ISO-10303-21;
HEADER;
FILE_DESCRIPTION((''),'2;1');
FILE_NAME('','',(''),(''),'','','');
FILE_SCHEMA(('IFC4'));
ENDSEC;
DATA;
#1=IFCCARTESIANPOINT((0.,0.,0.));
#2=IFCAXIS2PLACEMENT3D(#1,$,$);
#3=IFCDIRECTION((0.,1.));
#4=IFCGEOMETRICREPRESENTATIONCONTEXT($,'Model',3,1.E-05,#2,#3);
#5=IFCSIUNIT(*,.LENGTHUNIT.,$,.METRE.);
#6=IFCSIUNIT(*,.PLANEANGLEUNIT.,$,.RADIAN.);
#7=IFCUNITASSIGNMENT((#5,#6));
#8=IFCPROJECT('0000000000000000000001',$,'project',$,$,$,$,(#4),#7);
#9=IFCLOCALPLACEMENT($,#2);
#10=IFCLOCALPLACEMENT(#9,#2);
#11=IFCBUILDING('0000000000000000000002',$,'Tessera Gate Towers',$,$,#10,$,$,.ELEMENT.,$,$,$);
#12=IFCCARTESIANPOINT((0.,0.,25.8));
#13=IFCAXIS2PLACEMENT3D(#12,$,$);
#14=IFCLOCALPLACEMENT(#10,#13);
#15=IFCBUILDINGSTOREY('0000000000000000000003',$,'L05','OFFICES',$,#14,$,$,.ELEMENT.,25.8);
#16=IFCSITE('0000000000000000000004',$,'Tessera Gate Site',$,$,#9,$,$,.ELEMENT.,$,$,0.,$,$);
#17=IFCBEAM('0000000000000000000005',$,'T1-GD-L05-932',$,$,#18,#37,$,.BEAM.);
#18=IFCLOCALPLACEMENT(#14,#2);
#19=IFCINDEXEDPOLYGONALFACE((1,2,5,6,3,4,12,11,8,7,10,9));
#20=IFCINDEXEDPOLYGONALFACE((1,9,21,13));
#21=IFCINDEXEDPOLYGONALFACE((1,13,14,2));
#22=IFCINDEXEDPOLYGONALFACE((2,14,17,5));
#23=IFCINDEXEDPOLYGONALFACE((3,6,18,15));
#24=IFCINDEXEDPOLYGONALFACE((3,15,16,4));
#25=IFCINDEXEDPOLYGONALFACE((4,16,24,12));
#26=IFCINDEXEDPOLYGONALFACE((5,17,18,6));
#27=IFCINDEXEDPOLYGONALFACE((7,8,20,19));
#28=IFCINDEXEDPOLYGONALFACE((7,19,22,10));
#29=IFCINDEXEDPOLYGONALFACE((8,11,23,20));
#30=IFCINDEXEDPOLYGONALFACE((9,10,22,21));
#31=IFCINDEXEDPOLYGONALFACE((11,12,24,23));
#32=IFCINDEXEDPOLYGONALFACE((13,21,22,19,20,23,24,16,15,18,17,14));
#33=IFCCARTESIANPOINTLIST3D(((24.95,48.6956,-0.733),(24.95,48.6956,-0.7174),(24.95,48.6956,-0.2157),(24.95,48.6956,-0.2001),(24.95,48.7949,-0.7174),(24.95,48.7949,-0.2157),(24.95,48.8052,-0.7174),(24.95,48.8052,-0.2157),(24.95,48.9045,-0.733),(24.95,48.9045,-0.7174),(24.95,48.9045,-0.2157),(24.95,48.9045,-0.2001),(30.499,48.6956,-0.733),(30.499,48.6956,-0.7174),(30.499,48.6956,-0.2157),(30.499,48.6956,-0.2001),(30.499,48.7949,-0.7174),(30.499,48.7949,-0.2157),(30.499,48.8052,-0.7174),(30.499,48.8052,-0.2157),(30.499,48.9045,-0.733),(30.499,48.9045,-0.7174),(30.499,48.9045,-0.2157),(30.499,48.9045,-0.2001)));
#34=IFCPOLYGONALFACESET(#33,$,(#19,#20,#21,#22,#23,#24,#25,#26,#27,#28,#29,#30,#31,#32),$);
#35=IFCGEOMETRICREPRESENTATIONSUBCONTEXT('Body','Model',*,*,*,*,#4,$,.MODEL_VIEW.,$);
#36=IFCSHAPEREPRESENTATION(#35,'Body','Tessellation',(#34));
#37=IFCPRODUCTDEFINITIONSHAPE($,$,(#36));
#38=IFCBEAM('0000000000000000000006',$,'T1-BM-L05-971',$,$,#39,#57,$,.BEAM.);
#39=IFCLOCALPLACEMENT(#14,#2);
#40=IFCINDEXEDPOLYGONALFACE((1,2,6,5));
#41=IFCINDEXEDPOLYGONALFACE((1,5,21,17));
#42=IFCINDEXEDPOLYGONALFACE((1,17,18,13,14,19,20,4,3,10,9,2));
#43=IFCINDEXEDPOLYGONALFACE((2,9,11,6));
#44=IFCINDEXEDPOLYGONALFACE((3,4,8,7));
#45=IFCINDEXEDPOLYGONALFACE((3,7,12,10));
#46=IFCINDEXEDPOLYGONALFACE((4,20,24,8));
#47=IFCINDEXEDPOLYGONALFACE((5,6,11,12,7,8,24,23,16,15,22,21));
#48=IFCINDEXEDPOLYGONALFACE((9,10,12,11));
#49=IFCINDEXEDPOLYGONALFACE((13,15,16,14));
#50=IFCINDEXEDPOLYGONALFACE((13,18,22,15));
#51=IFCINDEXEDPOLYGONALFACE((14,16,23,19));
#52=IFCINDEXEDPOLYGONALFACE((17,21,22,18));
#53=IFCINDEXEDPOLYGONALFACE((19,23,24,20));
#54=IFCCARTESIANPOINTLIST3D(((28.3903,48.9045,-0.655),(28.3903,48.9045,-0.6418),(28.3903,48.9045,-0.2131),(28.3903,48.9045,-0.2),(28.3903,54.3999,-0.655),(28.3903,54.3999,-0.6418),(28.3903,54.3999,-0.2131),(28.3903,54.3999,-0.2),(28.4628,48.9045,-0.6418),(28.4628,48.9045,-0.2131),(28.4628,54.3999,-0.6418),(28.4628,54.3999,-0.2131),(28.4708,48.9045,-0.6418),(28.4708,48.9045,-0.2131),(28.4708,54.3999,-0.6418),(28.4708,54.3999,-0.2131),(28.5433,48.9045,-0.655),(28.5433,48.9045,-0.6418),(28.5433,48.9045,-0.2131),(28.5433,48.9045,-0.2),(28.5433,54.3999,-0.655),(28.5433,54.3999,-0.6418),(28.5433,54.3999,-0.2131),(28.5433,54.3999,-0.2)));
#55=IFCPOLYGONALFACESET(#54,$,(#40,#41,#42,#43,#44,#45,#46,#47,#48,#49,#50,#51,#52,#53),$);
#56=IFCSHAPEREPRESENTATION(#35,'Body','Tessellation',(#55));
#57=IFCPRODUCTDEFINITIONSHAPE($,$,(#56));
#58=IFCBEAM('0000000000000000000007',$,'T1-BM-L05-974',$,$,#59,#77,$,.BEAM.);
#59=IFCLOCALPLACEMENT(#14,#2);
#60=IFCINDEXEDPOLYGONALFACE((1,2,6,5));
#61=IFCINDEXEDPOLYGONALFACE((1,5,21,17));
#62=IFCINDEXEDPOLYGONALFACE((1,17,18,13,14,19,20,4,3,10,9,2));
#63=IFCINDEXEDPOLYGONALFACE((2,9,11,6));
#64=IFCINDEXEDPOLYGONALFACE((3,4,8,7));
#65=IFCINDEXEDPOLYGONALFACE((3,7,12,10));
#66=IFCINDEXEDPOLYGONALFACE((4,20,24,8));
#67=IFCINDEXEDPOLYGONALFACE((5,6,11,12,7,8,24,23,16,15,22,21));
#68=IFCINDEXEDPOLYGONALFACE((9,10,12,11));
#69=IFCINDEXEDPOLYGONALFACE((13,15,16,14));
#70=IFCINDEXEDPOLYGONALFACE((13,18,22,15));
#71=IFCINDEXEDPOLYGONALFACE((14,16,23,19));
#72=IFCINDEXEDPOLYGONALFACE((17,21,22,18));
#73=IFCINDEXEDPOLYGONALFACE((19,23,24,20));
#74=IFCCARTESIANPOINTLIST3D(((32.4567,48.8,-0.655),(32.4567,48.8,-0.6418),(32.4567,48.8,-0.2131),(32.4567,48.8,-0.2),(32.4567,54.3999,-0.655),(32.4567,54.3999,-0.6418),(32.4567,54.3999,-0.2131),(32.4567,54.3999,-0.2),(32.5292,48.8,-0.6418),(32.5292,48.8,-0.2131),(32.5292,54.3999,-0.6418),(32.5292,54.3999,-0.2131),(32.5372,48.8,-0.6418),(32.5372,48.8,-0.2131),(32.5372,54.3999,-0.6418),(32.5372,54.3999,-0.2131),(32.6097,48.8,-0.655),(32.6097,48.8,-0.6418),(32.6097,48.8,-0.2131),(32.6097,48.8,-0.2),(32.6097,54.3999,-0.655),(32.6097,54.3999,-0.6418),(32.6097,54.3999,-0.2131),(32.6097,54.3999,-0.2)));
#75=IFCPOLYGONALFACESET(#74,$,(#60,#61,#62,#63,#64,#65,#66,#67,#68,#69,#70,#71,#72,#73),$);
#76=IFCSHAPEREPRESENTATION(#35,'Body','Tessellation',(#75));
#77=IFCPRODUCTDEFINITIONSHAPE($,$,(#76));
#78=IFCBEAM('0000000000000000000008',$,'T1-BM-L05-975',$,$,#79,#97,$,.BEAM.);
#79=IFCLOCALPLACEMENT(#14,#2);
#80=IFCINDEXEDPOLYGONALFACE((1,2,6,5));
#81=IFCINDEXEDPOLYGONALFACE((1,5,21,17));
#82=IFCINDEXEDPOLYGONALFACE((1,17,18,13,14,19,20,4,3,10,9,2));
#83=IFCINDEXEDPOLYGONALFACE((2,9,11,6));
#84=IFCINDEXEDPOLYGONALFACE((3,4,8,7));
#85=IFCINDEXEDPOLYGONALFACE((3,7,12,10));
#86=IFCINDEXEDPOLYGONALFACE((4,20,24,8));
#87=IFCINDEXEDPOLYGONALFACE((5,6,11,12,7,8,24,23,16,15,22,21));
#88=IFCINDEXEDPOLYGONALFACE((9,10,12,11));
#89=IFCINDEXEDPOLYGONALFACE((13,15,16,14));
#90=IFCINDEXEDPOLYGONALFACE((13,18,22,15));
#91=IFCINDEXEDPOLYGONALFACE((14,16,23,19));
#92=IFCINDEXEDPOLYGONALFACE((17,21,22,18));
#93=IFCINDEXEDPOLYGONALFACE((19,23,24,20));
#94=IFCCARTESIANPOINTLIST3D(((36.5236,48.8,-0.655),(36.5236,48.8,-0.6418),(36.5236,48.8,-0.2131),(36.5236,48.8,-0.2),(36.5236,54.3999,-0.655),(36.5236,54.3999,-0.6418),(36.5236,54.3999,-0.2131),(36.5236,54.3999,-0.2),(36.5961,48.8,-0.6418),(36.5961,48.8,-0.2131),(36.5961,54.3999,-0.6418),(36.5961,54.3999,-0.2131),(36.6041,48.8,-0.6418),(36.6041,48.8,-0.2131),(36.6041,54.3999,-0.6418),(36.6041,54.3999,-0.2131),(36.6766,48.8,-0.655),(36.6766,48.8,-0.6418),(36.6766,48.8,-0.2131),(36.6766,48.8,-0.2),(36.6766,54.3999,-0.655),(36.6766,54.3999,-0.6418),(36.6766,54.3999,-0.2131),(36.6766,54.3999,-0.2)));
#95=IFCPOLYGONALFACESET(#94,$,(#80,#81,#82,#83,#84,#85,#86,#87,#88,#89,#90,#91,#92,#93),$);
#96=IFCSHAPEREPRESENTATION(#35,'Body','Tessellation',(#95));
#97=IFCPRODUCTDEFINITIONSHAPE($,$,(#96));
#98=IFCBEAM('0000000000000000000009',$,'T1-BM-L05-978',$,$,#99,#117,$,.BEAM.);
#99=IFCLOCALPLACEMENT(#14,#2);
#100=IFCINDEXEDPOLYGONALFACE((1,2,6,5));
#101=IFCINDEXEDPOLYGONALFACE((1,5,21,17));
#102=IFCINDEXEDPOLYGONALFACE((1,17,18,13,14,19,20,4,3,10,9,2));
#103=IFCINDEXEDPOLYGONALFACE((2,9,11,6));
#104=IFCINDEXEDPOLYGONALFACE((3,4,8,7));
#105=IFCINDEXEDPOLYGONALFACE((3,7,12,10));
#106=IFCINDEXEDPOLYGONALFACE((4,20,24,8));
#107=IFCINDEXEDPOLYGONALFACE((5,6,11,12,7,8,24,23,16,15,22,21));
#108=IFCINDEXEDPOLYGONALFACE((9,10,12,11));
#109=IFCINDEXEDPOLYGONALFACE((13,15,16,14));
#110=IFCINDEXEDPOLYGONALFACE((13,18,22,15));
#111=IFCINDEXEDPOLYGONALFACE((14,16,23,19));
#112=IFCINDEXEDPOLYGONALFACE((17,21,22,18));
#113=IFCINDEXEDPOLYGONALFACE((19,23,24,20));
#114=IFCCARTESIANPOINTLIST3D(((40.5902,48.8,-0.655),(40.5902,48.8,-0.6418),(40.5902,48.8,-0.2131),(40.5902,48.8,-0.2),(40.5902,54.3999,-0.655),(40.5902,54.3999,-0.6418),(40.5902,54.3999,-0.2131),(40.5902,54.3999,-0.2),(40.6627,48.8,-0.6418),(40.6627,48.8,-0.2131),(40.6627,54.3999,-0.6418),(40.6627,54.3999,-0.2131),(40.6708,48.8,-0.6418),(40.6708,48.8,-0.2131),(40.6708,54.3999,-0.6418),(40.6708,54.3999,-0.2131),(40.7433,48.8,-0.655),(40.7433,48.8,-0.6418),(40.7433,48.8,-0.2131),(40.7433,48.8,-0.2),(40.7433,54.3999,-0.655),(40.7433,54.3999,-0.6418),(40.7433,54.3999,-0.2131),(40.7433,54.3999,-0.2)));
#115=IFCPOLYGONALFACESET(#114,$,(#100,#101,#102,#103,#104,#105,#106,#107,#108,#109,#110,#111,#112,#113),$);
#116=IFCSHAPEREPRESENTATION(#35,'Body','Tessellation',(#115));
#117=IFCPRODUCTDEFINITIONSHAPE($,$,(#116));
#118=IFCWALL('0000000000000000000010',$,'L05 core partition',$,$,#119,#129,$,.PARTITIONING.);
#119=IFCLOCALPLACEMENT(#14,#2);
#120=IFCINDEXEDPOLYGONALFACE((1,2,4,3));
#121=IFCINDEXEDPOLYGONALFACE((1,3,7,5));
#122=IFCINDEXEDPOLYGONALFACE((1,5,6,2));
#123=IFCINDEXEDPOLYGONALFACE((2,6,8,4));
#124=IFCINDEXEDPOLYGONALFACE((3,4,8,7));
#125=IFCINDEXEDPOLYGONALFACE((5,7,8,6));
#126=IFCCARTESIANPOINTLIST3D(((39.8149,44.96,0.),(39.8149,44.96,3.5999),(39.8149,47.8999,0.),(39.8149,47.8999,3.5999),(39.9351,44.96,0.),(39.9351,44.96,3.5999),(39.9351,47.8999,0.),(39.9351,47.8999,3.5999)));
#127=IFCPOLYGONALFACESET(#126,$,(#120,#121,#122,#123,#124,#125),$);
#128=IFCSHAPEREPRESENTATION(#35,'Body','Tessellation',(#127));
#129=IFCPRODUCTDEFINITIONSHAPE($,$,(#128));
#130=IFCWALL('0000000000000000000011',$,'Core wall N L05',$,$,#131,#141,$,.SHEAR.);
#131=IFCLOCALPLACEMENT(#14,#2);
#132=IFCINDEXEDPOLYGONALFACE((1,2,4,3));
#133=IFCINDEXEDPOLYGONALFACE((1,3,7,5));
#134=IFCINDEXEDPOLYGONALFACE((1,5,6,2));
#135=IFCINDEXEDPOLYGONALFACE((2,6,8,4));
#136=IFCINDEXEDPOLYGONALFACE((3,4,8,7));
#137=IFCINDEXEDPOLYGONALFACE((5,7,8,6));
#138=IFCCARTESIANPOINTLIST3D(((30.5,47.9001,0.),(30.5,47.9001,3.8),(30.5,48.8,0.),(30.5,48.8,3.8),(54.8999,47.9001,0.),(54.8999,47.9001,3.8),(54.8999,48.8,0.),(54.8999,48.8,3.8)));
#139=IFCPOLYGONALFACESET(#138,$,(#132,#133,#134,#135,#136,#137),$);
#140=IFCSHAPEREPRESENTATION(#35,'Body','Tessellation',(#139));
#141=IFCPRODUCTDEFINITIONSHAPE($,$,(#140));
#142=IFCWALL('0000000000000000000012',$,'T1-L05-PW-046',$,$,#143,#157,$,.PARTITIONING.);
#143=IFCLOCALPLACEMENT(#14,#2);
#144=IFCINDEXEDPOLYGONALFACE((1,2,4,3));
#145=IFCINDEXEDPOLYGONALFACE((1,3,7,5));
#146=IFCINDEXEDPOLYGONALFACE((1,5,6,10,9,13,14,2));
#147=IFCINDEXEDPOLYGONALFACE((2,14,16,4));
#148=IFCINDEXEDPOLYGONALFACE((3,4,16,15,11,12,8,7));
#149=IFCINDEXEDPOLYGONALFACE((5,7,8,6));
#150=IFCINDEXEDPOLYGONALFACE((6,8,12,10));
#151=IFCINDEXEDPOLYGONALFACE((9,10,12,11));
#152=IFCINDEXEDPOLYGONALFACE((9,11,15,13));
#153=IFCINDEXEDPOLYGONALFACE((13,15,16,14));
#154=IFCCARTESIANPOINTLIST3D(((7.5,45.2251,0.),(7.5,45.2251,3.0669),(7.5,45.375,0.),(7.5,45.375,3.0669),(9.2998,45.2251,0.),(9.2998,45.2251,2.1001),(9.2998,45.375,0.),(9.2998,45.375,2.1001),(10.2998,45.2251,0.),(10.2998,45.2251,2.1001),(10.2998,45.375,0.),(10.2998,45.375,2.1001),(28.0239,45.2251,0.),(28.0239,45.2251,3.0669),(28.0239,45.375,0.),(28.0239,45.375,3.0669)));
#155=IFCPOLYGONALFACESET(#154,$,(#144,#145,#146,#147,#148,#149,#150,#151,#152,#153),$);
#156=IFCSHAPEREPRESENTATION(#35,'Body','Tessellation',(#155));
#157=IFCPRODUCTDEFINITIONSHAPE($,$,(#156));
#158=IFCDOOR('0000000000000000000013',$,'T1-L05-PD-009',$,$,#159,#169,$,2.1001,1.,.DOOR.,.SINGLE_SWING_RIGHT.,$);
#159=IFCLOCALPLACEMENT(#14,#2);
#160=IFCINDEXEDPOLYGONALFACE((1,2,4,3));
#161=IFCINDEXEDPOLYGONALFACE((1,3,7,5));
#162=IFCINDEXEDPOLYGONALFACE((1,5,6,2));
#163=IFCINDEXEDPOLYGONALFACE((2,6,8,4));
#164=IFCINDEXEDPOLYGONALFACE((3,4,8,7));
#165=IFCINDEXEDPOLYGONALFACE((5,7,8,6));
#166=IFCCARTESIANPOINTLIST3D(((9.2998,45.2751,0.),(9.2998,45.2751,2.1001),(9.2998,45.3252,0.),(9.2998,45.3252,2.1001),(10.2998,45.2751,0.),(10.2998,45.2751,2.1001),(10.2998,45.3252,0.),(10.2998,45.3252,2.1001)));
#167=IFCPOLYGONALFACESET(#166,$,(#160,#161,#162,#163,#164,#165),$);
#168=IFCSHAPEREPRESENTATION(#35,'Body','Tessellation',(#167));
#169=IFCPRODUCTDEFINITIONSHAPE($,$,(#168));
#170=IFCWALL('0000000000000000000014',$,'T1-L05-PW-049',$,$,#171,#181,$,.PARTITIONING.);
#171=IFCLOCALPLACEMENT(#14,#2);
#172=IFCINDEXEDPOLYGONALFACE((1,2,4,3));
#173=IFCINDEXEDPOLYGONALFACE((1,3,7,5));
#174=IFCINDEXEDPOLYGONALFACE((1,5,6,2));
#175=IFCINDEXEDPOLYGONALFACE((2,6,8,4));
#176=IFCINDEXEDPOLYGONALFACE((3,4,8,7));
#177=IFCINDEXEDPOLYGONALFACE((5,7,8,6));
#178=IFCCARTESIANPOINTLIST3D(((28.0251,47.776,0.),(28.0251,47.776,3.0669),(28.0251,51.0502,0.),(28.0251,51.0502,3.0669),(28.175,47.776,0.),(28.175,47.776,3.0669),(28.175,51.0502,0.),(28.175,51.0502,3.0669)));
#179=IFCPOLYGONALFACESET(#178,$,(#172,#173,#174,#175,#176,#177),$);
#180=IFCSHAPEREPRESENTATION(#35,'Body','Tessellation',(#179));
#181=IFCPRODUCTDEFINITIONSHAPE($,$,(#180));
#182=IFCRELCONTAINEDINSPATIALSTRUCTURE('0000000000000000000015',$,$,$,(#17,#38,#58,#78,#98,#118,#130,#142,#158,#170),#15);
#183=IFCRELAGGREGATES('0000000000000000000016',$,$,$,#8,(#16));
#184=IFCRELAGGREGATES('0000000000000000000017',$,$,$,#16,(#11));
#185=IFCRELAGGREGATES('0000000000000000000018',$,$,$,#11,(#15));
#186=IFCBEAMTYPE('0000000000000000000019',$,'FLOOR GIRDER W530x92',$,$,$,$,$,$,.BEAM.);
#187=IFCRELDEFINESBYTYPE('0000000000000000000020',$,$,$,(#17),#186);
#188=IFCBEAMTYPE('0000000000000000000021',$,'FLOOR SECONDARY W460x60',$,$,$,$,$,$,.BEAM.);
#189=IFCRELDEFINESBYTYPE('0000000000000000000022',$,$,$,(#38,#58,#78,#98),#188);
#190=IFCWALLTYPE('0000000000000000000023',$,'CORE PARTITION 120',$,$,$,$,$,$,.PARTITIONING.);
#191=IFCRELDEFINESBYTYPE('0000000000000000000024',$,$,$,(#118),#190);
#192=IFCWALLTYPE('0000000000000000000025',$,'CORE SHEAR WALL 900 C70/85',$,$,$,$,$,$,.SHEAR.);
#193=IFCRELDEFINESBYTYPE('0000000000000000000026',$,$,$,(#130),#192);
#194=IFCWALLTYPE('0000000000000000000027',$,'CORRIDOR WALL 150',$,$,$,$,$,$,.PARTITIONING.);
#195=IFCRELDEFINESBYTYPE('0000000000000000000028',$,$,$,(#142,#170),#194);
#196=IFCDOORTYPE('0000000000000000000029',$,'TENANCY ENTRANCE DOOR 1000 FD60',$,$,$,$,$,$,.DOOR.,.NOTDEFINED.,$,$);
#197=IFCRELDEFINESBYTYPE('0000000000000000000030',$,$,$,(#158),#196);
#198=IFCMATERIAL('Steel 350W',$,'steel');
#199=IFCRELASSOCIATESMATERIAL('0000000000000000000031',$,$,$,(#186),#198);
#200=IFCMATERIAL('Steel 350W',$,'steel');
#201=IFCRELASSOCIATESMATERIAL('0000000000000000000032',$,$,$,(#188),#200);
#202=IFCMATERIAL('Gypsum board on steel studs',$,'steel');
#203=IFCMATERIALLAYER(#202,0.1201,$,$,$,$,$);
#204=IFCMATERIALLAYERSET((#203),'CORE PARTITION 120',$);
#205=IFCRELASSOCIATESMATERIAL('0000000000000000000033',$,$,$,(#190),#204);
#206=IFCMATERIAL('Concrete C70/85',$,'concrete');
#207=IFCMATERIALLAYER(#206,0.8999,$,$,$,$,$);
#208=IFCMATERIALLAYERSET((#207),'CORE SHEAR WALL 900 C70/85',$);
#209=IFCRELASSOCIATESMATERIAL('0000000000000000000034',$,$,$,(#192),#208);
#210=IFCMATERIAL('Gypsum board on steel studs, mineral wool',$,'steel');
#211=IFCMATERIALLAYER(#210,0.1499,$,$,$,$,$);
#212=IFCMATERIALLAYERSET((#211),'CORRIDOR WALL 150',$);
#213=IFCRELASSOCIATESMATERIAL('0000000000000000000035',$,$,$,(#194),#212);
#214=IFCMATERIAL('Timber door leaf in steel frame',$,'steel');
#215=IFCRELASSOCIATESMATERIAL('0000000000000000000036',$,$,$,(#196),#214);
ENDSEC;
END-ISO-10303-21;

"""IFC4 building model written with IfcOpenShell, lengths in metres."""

from ifc_helpers import new_model, si_unit, direction, frame, frame_2d, origin, origin_2d, place, context, subcontext, project, spatial, rectangle, i_section, extrude, source, transform, mapped, material, layer, layer_set, material_profile, profile_set, type_object, element, fill, save


model = new_model("IFC4")

# Units and contexts
model_context = context("Model", 3, precision=1e-05, world=origin(), true_north=direction((0.0, 1.0)))
body_context = subcontext(model_context, "Body", "Model", "MODEL_VIEW")
ifc_project = project(units=[si_unit("LENGTHUNIT", "METRE"), si_unit("PLANEANGLEUNIT", "RADIAN")], contexts=[model_context])

# Site, building, storey
site_placement = place(None, origin())
site = spatial("IfcSite", under=ifc_project, at=site_placement, Name="Tessera Gate Site", CompositionType="ELEMENT", RefElevation=0.0)
building_placement = place(site_placement, origin())
building = spatial("IfcBuilding", under=site, at=building_placement, Name="Tessera Gate Towers", CompositionType="ELEMENT")
storey_placement = place(building_placement, frame((0.0, 0.0, 25.8)))
storey = spatial("IfcBuildingStorey", under=building, at=storey_placement, Name="L05", Description="OFFICES", CompositionType="ELEMENT", Elevation=25.8)

# Beams
ifc_material_1 = material(Name="Steel 350W", Category="steel")
ifc_material_profile_1 = material_profile(ifc_material_1, i_section(OverallWidth=0.209, OverallDepth=0.533, WebThickness=0.0103, FlangeThickness=0.0156, at=origin_2d()), Name="W530x92")
ifc_profile_set_1 = profile_set([ifc_material_profile_1], Name="Steel 350W")
beam_type_1 = type_object("IfcBeamType", Name="FLOOR GIRDER W530x92", PredefinedType="BEAM", material=ifc_profile_set_1)
beam_1_placement = place(storey_placement, frame((24.95, 48.8, -0.4666), z_axis=(1.0, 0.0, 0.0), x_axis=(0.0, 1.0, 0.0)))
element("IfcBeam", 1, at=beam_1_placement, inside=storey, type_object=beam_type_1, Name="T1-GD-L05-932", PredefinedType="BEAM", context=body_context, shape_type="SweptSolid", body=[
    extrude(i_section(OverallWidth=0.209, OverallDepth=0.533, WebThickness=0.0103, FlangeThickness=0.0156, at=origin_2d()), origin(), (0.0, 0.0, 1.0), 5.5491),
])
ifc_material_2 = material(Name="Steel 350W", Category="steel")
ifc_material_profile_2 = material_profile(ifc_material_2, i_section(OverallWidth=0.1531, OverallDepth=0.4551, WebThickness=0.0081, FlangeThickness=0.0132, at=origin_2d()), Name="W460x60")
ifc_profile_set_2 = profile_set([ifc_material_profile_2], Name="Steel 350W")
beam_type_2 = type_object("IfcBeamType", Name="FLOOR SECONDARY W460x60", PredefinedType="BEAM", material=ifc_profile_set_2)
beam_2_placement = place(storey_placement, frame((28.4668, 48.9045, -0.4275), z_axis=(0.0, 1.0, 0.0), x_axis=(-1.0, 0.0, 0.0)))
element("IfcBeam", 2, at=beam_2_placement, inside=storey, type_object=beam_type_2, Name="T1-BM-L05-971", PredefinedType="BEAM", context=body_context, shape_type="SweptSolid", body=[
    extrude(i_section(OverallWidth=0.1531, OverallDepth=0.4551, WebThickness=0.0081, FlangeThickness=0.0132, at=origin_2d()), origin(), (0.0, 0.0, 1.0), 5.4954),
])
for number, where, z_axis, x_axis, name in (
    (3, (32.5332, 48.8, -0.4275), (0.0, 1.0, 0.0), (-1.0, 0.0, 0.0), "T1-BM-L05-974"),
    (4, (36.6001, 48.8, -0.4275), (0.0, 1.0, 0.0), (-1.0, 0.0, 0.0), "T1-BM-L05-975"),
    (5, (40.6667, 48.8, -0.4275), (0.0, 1.0, 0.0), (-1.0, 0.0, 0.0), "T1-BM-L05-978"),
):
    element("IfcBeam", number, at=place(storey_placement, frame(where, z_axis=z_axis, x_axis=x_axis)), inside=storey, type_object=beam_type_2, Name=name, PredefinedType="BEAM", context=body_context, shape_type="SweptSolid", body=[
        extrude(i_section(OverallWidth=0.1531, OverallDepth=0.4551, WebThickness=0.0081, FlangeThickness=0.0132, at=origin_2d()), origin(), (0.0, 0.0, 1.0), 5.5999),
    ])

# Walls
ifc_material_3 = material(Name="Gypsum board on steel studs", Category="steel")
ifc_layer_1 = layer(ifc_material_3, 0.1201)
ifc_layer_set_1 = layer_set([ifc_layer_1], Name="CORE PARTITION 120")
wall_type_1 = type_object("IfcWallType", Name="CORE PARTITION 120", PredefinedType="PARTITIONING", material=ifc_layer_set_1)
wall_1_placement = place(storey_placement, frame((39.875, 44.96, 0.0), z_axis=(0.0, 0.0, 1.0), x_axis=(0.0, 1.0, 0.0)))
element("IfcWall", 6, at=wall_1_placement, inside=storey, type_object=wall_type_1, Name="L05 core partition", PredefinedType="PARTITIONING", context=body_context, shape_type="SweptSolid", body=[
    extrude(rectangle(XDim=2.9399, YDim=0.1201, at=frame_2d((1.47, 0.0))), origin(), (0.0, 0.0, 1.0), 3.5999),
])
ifc_material_4 = material(Name="Concrete C70/85", Category="concrete")
ifc_layer_2 = layer(ifc_material_4, 0.8999)
ifc_layer_set_2 = layer_set([ifc_layer_2], Name="CORE SHEAR WALL 900 C70/85")
wall_type_2 = type_object("IfcWallType", Name="CORE SHEAR WALL 900 C70/85", PredefinedType="SHEAR", material=ifc_layer_set_2)
wall_2_placement = place(storey_placement, frame((30.5, 48.3501, 0.0), z_axis=(0.0, 0.0, 1.0), x_axis=(1.0, 0.0, 0.0)))
element("IfcWall", 7, at=wall_2_placement, inside=storey, type_object=wall_type_2, Name="Core wall N L05", PredefinedType="SHEAR", context=body_context, shape_type="SweptSolid", body=[
    extrude(rectangle(XDim=24.3999, YDim=0.8999, at=frame_2d((12.2, 0.0))), origin(), (0.0, 0.0, 1.0), 3.8),
])

# Wall, opening, door
ifc_material_5 = material(Name="Gypsum board on steel studs, mineral wool", Category="steel")
ifc_layer_3 = layer(ifc_material_5, 0.1499)
ifc_layer_set_3 = layer_set([ifc_layer_3], Name="CORRIDOR WALL 150")
wall_type_3 = type_object("IfcWallType", Name="CORRIDOR WALL 150", PredefinedType="PARTITIONING", material=ifc_layer_set_3)
wall_3_placement = place(storey_placement, frame((28.0239, 45.3, 0.0), z_axis=(0.0, 0.0, 1.0), x_axis=(-1.0, 0.0, 0.0)))
wall_3 = element("IfcWall", 8, at=wall_3_placement, inside=storey, type_object=wall_type_3, Name="T1-L05-PW-046", PredefinedType="PARTITIONING", context=body_context, shape_type="SweptSolid", body=[
    extrude(rectangle(XDim=20.5239, YDim=0.1499, at=frame_2d((10.262, 0.0))), origin(), (0.0, 0.0, 1.0), 3.0669),
])
shared_shape_1 = source(origin(), body_context, "Body", "SweptSolid", [
    extrude(rectangle(XDim=1.0, YDim=2.1001, at=frame_2d((0.5, 1.05))), frame((0.0, 0.085, 0.0), z_axis=(0.0, -1.0, 0.0), x_axis=(1.0, 0.0, 0.0)), (0.0, 0.0, 1.0), 0.1699),
])
opening_1_placement = place(wall_3_placement, frame((17.7241, 0.0, 0.0)))
opening_1 = element("IfcOpeningElement", 9, at=opening_1_placement, cuts=wall_3, PredefinedType="OPENING", context=body_context, shape_type="MappedRepresentation", body=[
    mapped(shared_shape_1, transform((0.0, 0.0, 0.0), scale=1.0)),
])
ifc_material_6 = material(Name="Timber door leaf in steel frame", Category="steel")
door_type_1 = type_object("IfcDoorType", Name="TENANCY ENTRANCE DOOR 1000 FD60", OperationType="NOTDEFINED", PredefinedType="DOOR", material=ifc_material_6)
shared_shape_2 = source(origin(), body_context, "Body", "SweptSolid", [
    extrude(rectangle(XDim=1.0, YDim=2.1001, at=frame_2d((0.5, 1.05))), frame((0.0, 0.0249, 0.0), z_axis=(0.0, -1.0, 0.0), x_axis=(1.0, 0.0, 0.0)), (0.0, 0.0, 1.0), 0.05),
])
door_1_placement = place(opening_1_placement, origin())
door_1 = element("IfcDoor", 10, at=door_1_placement, inside=storey, type_object=door_type_1, Name="T1-L05-PD-009", OperationType="SINGLE_SWING_RIGHT", OverallHeight=2.1001, OverallWidth=1.0, PredefinedType="DOOR", context=body_context, shape_type="MappedRepresentation", body=[
    mapped(shared_shape_2, transform((0.0, 0.0, 0.0), scale=1.0)),
])
fill(opening_1, door_1)

# Wall
wall_4_placement = place(storey_placement, frame((28.1001, 47.7759, 0.0), z_axis=(0.0, 0.0, 1.0), x_axis=(0.0, 1.0, 0.0)))
element("IfcWall", 11, at=wall_4_placement, inside=storey, type_object=wall_type_3, Name="T1-L05-PW-049", PredefinedType="PARTITIONING", context=body_context, shape_type="SweptSolid", body=[
    extrude(rectangle(XDim=3.2742, YDim=0.1499, at=frame_2d((1.6372, 0.0))), origin(), (0.0, 0.0, 1.0), 3.0669),
])

save(model, "model.ifc")
